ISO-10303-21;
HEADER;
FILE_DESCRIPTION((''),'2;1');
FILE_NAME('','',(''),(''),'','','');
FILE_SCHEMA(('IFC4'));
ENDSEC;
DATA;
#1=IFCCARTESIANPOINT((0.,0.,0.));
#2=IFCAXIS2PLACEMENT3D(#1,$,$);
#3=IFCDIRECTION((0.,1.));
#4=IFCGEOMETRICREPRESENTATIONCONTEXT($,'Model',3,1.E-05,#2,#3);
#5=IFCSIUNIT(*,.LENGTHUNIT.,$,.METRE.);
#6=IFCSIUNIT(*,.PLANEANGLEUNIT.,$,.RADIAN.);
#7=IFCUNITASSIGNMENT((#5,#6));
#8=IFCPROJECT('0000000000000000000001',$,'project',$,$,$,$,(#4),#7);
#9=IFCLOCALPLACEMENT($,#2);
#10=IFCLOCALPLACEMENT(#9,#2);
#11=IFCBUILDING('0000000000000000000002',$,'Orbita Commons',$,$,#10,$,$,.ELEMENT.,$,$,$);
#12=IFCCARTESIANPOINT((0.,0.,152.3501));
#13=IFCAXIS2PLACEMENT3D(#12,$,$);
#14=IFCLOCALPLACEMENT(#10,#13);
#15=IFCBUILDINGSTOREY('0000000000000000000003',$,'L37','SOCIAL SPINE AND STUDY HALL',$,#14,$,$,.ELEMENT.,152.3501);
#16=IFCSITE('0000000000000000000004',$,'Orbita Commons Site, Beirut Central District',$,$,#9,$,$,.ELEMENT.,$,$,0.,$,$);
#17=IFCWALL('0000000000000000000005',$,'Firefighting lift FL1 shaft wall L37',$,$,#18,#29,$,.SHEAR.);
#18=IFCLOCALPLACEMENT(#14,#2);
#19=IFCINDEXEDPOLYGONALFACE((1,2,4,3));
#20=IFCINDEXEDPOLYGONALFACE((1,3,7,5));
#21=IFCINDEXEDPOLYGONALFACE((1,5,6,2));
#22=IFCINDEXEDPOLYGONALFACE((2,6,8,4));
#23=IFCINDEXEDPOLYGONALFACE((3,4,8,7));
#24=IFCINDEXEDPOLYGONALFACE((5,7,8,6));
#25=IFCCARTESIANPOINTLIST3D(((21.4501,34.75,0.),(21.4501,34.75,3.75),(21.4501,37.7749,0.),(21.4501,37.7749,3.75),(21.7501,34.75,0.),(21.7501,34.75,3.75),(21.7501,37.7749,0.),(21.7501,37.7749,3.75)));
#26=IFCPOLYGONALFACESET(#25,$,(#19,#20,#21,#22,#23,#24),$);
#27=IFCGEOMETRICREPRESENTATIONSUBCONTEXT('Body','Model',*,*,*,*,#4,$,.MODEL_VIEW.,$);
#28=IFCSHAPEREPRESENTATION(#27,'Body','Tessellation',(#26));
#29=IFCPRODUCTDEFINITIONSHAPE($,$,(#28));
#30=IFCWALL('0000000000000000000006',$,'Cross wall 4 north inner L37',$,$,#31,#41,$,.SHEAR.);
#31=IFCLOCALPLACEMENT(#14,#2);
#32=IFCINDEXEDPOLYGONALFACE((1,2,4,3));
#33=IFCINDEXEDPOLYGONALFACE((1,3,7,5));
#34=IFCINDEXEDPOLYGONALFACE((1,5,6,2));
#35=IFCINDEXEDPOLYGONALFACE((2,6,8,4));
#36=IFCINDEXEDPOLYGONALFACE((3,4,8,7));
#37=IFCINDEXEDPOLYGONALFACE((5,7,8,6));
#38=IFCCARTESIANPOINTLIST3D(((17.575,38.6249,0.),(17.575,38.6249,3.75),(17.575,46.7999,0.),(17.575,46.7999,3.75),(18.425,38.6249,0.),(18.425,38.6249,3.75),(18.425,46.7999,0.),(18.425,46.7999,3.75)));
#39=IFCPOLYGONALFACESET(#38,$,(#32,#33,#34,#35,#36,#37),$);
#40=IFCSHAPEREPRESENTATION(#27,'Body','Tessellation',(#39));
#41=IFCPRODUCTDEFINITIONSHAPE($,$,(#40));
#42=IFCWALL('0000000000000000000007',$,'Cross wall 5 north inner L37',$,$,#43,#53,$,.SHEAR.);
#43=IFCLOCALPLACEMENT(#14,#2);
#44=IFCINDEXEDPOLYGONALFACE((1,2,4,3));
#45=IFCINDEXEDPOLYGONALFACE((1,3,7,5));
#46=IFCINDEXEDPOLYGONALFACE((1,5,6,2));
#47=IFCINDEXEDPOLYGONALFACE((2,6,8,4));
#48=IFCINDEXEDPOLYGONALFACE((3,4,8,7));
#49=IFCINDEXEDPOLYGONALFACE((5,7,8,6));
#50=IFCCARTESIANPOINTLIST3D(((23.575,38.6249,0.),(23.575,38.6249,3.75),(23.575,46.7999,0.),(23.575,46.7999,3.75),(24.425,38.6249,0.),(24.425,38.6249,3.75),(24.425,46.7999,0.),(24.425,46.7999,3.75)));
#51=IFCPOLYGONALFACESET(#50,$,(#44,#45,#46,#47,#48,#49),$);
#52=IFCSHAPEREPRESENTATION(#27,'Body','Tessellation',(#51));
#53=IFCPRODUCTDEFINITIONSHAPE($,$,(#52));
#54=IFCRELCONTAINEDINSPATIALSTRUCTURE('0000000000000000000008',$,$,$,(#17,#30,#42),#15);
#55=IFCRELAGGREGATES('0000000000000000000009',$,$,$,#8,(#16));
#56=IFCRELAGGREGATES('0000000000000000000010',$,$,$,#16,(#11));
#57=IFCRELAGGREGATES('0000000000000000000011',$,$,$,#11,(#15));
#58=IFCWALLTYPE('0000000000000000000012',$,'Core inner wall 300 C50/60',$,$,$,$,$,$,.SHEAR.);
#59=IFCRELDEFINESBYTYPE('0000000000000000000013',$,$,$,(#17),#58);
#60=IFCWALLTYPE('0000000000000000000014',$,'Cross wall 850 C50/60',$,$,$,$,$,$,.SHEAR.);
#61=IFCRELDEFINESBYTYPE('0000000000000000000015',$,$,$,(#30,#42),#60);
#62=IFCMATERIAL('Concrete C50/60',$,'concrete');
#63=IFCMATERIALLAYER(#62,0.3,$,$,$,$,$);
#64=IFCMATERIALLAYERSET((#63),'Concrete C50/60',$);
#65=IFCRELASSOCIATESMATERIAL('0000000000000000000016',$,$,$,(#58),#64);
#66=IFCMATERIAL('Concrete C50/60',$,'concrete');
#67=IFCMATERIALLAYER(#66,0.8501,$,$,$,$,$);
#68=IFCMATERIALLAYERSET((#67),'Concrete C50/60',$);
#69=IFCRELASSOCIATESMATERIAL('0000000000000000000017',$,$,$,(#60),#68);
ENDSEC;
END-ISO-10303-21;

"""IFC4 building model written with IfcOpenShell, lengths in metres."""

from ifc_helpers import new_model, si_unit, direction, frame, frame_2d, origin, place, context, subcontext, project, spatial, rectangle, extrude, material, layer, layer_set, type_object, element, save


model = new_model("IFC4")

# Units and contexts
model_context = context("Model", 3, precision=1e-05, world=origin(), true_north=direction((0.0, 1.0)))
body_context = subcontext(model_context, "Body", "Model", "MODEL_VIEW")
ifc_project = project(units=[si_unit("LENGTHUNIT", "METRE"), si_unit("PLANEANGLEUNIT", "RADIAN")], contexts=[model_context])

# Site, building, storey
site_placement = place(None, origin())
site = spatial("IfcSite", under=ifc_project, at=site_placement, Name="Orbita Commons Site, Beirut Central District", CompositionType="ELEMENT", RefElevation=0.0)
building_placement = place(site_placement, origin())
building = spatial("IfcBuilding", under=site, at=building_placement, Name="Orbita Commons", CompositionType="ELEMENT")
storey_placement = place(building_placement, frame((0.0, 0.0, 152.3501)))
storey = spatial("IfcBuildingStorey", under=building, at=storey_placement, Name="L37", Description="SOCIAL SPINE AND STUDY HALL", CompositionType="ELEMENT", Elevation=152.3501)

# Walls
ifc_material_1 = material(Name="Concrete C50/60", Category="concrete")
ifc_layer_1 = layer(ifc_material_1, 0.3)
ifc_layer_set_1 = layer_set([ifc_layer_1], Name="Concrete C50/60")
wall_type_1 = type_object("IfcWallType", Name="Core inner wall 300 C50/60", PredefinedType="SHEAR", material=ifc_layer_set_1)
wall_placement = place(storey_placement, frame((21.6001, 34.75, 0.0), z_axis=(0.0, 0.0, 1.0), x_axis=(0.0, 1.0, 0.0)))
element("IfcWall", 1, at=wall_placement, inside=storey, type_object=wall_type_1, Name="Firefighting lift FL1 shaft wall L37", PredefinedType="SHEAR", context=body_context, shape_type="SweptSolid", body=[
    extrude(rectangle(XDim=3.0249, YDim=0.3, at=frame_2d((1.5125, 0.0))), origin(), (0.0, 0.0, 1.0), 3.75),
])
ifc_material_2 = material(Name="Concrete C50/60", Category="concrete")
ifc_layer_2 = layer(ifc_material_2, 0.8501)
ifc_layer_set_2 = layer_set([ifc_layer_2], Name="Concrete C50/60")
wall_type_2 = type_object("IfcWallType", Name="Cross wall 850 C50/60", PredefinedType="SHEAR", material=ifc_layer_set_2)
for number, where, z_axis, x_axis, name in (
    (2, (18.0, 38.625, 0.0), (0.0, 0.0, 1.0), (0.0, 1.0, 0.0), "Cross wall 4 north inner L37"),
    (3, (24.0, 38.625, 0.0), (0.0, 0.0, 1.0), (0.0, 1.0, 0.0), "Cross wall 5 north inner L37"),
):
    element("IfcWall", number, at=place(storey_placement, frame(where, z_axis=z_axis, x_axis=x_axis)), inside=storey, type_object=wall_type_2, Name=name, PredefinedType="SHEAR", context=body_context, shape_type="SweptSolid", body=[
        extrude(rectangle(XDim=8.175, YDim=0.8501, at=frame_2d((4.0874, 0.0))), origin(), (0.0, 0.0, 1.0), 3.75),
    ])

save(model, "model.ifc")
